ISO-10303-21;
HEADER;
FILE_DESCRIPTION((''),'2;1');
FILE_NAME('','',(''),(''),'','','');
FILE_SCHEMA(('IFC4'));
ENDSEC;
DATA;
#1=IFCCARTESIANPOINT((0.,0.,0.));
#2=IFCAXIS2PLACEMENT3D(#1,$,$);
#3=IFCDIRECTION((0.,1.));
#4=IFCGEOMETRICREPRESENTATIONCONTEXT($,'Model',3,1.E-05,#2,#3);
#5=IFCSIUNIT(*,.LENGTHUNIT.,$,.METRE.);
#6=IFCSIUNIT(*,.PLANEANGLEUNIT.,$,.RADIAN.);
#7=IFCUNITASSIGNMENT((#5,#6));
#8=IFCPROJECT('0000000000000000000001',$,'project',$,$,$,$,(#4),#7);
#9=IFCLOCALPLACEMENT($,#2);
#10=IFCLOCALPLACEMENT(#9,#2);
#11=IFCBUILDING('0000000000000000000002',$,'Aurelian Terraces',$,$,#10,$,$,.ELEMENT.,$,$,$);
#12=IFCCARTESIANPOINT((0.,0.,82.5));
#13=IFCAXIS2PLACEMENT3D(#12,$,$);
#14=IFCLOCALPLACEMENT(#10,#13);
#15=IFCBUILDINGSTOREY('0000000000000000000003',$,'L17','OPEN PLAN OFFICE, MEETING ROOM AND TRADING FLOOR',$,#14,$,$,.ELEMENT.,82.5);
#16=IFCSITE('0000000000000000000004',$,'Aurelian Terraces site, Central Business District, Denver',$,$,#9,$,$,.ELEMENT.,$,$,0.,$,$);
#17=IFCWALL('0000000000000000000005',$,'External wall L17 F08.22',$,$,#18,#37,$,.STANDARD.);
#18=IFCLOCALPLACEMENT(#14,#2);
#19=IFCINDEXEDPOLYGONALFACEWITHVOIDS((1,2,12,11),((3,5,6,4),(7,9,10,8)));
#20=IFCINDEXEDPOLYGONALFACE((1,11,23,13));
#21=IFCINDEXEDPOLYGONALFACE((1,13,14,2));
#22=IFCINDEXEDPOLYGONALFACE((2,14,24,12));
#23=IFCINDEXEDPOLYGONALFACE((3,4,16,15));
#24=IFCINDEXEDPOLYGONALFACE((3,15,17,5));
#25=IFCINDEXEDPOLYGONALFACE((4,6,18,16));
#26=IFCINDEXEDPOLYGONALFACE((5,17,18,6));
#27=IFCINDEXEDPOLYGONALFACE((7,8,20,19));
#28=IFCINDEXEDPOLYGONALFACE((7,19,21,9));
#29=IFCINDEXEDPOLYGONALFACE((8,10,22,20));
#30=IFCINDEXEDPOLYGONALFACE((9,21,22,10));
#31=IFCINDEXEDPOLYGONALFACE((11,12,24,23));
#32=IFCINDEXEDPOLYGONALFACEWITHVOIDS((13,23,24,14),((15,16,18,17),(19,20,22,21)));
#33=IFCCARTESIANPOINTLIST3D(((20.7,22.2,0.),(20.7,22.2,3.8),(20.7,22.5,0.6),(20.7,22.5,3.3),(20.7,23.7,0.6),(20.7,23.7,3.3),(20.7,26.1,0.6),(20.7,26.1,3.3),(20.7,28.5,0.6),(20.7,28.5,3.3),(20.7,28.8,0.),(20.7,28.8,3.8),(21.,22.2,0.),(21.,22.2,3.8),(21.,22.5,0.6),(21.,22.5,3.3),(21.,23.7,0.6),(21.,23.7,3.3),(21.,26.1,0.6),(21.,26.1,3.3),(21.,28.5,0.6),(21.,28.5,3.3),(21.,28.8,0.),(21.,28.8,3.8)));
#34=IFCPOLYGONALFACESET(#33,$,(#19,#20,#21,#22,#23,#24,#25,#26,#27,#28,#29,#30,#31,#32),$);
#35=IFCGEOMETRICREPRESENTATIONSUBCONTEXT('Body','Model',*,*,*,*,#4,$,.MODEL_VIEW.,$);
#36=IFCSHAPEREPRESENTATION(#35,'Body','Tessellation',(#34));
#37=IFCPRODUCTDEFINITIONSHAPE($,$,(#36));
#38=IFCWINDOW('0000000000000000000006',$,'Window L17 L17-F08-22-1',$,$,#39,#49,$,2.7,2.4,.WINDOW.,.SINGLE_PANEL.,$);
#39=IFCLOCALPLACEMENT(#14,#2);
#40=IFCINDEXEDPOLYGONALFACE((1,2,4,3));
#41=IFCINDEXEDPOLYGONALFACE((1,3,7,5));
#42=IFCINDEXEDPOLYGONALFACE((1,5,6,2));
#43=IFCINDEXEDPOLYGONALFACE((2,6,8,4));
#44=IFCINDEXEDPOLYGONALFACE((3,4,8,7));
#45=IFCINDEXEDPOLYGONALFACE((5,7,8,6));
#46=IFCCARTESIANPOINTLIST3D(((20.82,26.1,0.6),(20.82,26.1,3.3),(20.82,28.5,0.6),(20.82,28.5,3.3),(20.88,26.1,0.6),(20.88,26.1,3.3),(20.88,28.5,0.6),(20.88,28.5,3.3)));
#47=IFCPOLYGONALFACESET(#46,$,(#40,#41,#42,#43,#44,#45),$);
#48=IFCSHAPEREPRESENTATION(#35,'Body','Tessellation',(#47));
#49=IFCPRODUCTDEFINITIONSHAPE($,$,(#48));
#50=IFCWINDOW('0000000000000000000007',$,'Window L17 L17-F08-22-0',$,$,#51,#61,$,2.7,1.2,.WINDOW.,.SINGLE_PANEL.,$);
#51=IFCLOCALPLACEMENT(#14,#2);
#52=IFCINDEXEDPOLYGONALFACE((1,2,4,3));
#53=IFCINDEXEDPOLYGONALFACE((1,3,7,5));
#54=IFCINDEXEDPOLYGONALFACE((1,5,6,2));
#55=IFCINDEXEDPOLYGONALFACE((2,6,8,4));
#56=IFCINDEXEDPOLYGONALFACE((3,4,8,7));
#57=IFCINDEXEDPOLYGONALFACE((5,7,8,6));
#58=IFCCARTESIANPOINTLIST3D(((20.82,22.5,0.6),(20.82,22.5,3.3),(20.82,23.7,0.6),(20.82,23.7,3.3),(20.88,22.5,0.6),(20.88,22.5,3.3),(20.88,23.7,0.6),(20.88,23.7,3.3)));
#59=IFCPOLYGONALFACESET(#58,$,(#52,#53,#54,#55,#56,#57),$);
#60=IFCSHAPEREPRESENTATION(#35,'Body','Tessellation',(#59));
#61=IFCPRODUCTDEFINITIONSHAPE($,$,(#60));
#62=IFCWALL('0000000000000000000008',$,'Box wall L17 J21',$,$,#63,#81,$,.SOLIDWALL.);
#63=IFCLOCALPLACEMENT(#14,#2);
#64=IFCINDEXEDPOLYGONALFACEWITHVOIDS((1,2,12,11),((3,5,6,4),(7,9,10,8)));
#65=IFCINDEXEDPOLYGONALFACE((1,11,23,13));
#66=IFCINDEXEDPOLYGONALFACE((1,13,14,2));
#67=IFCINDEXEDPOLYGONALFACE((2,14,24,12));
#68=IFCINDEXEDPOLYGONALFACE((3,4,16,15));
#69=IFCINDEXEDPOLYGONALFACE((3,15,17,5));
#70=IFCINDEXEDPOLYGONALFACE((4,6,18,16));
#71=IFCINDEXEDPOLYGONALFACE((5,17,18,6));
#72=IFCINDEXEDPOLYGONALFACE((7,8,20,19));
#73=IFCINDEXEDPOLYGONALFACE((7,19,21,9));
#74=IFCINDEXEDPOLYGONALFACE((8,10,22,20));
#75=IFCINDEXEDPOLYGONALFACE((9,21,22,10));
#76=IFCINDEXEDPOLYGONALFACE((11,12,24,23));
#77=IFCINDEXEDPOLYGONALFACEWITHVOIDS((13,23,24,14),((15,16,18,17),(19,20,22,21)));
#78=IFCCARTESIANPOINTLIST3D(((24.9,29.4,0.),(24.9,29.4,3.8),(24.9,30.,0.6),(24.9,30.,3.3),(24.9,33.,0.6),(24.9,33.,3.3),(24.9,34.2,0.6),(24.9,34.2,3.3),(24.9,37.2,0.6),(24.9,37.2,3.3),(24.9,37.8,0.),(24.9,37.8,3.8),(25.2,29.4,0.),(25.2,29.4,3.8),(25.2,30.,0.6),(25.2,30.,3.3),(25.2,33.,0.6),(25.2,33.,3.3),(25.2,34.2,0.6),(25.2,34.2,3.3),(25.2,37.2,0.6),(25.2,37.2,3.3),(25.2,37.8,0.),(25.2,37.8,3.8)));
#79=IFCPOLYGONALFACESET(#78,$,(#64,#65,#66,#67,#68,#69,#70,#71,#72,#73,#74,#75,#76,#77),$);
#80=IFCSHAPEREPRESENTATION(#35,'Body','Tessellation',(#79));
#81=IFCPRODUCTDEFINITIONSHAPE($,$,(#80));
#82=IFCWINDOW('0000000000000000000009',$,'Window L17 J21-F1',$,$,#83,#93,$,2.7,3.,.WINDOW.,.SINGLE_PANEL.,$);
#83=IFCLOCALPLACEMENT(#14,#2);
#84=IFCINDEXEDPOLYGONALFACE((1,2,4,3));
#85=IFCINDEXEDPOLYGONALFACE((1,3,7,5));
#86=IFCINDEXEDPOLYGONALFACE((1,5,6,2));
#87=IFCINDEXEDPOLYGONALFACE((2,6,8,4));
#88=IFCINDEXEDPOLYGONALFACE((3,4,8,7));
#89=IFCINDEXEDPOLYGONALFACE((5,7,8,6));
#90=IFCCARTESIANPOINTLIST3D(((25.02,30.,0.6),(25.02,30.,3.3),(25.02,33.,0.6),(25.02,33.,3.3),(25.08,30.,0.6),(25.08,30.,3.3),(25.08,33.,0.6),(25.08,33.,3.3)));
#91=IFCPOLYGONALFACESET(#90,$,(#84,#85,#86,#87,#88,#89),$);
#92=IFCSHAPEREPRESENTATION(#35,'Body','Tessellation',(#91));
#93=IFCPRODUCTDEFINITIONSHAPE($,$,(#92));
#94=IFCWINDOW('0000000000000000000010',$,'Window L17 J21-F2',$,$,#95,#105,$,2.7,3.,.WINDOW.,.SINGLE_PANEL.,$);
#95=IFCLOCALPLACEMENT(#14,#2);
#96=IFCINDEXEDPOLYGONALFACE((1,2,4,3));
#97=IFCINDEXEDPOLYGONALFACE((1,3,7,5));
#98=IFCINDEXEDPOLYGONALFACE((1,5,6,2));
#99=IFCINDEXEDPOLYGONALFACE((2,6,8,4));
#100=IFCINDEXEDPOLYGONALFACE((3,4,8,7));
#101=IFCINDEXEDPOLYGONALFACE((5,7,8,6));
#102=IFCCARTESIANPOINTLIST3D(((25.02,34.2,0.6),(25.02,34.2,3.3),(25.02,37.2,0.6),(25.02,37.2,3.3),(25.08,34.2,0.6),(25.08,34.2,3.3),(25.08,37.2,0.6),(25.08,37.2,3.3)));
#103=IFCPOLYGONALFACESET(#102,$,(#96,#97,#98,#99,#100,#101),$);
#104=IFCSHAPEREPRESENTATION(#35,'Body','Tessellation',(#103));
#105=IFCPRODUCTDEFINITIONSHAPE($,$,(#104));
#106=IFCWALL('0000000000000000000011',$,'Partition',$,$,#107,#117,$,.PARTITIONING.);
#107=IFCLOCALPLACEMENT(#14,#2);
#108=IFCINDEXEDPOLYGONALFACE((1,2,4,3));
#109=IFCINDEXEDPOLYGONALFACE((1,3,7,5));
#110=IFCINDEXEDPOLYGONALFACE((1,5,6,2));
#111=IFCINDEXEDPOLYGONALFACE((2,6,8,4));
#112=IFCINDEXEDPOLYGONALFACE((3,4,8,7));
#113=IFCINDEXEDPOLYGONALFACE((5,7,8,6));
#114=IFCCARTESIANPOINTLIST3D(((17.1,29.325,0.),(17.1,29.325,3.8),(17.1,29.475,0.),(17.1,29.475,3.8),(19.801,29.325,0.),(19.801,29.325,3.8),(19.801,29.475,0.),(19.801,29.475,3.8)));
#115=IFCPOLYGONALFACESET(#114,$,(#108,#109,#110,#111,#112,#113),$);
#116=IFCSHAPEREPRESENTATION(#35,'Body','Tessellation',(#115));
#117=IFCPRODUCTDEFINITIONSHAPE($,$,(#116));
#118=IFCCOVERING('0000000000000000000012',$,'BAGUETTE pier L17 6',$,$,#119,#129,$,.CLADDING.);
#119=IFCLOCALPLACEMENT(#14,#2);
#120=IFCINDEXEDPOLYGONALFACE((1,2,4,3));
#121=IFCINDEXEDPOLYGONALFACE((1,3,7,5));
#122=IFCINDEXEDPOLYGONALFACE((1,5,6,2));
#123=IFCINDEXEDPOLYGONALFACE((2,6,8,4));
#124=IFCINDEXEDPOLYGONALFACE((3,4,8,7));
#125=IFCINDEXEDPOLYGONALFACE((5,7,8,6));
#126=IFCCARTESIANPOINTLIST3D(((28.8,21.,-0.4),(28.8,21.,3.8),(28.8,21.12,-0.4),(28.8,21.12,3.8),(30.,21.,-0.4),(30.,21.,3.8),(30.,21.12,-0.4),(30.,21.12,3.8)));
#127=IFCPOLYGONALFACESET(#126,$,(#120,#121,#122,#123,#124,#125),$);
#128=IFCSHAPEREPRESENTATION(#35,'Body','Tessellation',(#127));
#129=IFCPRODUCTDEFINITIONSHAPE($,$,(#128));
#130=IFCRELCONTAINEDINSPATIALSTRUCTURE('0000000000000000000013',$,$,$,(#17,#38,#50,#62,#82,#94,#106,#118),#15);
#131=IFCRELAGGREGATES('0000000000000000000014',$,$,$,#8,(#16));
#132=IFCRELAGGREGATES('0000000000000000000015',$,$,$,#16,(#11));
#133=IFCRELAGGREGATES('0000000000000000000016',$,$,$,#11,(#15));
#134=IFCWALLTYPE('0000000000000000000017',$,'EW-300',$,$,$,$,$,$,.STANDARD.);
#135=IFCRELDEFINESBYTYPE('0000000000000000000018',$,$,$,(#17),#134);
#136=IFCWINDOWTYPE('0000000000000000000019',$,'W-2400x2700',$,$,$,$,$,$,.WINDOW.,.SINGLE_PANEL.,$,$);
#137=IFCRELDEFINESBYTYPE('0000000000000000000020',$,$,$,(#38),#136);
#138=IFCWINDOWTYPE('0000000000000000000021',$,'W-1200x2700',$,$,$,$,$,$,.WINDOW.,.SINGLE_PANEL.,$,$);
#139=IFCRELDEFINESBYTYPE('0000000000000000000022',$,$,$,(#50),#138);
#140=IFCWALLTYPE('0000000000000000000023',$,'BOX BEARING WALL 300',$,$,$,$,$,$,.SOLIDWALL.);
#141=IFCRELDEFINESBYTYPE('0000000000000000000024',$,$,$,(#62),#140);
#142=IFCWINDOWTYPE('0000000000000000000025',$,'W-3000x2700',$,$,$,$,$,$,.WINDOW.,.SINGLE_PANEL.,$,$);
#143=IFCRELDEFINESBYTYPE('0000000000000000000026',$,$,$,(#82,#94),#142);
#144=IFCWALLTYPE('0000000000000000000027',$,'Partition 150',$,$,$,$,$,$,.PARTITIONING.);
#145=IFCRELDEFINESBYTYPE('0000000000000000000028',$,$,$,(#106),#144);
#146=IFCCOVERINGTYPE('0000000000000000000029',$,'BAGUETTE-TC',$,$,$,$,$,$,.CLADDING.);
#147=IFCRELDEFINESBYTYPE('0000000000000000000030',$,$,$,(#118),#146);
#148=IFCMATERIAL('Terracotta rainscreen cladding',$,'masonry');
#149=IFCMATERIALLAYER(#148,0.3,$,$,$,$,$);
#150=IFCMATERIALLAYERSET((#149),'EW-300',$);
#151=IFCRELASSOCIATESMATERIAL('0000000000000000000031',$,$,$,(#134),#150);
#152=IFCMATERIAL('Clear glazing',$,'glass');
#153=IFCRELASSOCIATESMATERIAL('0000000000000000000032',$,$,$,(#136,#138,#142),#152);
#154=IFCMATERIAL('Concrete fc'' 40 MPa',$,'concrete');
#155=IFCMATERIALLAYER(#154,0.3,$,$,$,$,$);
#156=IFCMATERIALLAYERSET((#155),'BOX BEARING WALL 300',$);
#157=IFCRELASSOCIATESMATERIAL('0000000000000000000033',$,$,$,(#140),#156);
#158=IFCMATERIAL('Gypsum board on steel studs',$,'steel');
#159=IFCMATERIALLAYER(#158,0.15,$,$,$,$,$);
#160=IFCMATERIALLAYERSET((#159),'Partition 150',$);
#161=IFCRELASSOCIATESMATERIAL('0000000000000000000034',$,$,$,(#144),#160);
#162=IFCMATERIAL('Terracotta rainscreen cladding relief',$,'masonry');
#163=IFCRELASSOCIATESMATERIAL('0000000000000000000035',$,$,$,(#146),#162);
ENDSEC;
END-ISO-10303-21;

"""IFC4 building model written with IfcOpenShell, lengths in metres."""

from ifc_helpers import new_model, si_unit, direction, frame, frame_2d, origin, origin_2d, place, context, subcontext, project, spatial, rectangle, extrude, source, transform, mapped, material, layer, layer_set, type_object, element, fill, save


model = new_model("IFC4")

# Units and contexts
model_context = context("Model", 3, precision=1e-05, world=origin(), true_north=direction((0.0, 1.0)))
body_context = subcontext(model_context, "Body", "Model", "MODEL_VIEW")
ifc_project = project(units=[si_unit("LENGTHUNIT", "METRE"), si_unit("PLANEANGLEUNIT", "RADIAN")], contexts=[model_context])

# Site, building, storey
site_placement = place(None, origin())
site = spatial("IfcSite", under=ifc_project, at=site_placement, Name="Aurelian Terraces site, Central Business District, Denver", CompositionType="ELEMENT", RefElevation=0.0)
building_placement = place(site_placement, origin())
building = spatial("IfcBuilding", under=site, at=building_placement, Name="Aurelian Terraces", CompositionType="ELEMENT")
storey_placement = place(building_placement, frame((0.0, 0.0, 82.5)))
storey = spatial("IfcBuildingStorey", under=building, at=storey_placement, Name="L17", Description="OPEN PLAN OFFICE, MEETING ROOM AND TRADING FLOOR", CompositionType="ELEMENT", Elevation=82.5)

# Shared definitions
ifc_material_1 = material(Name="Terracotta rainscreen cladding", Category="masonry")
ifc_layer_1 = layer(ifc_material_1, 0.3)
ifc_layer_set_1 = layer_set([ifc_layer_1], Name="EW-300")
wall_type_1 = type_object("IfcWallType", Name="EW-300", PredefinedType="STANDARD", material=ifc_layer_set_1)

# Shared definitions
ifc_material_2 = material(Name="Concrete fc' 40 MPa", Category="concrete")
ifc_material_3 = material(Name="Clear glazing", Category="glass")
window_type_1 = type_object("IfcWindowType", Name="W-2400x2700", PartitioningType="SINGLE_PANEL", PredefinedType="WINDOW", material=ifc_material_3)
shared_shape_1 = source(origin(), body_context, "Body", "SweptSolid", [
    extrude(rectangle(XDim=2.4, YDim=2.7, at=frame_2d((1.2, 1.35))), frame((0.0, 0.03, 0.0), z_axis=(0.0, -1.0, 0.0), x_axis=(1.0, 0.0, 0.0)), (0.0, 0.0, 1.0), 0.06),
])

# Walls, openings, windows
shared_shape_2 = source(origin(), body_context, "Body", "SweptSolid", [
    extrude(rectangle(XDim=6.6, YDim=0.3, at=frame_2d((3.3, 0.0))), origin(), (0.0, 0.0, 1.0), 3.8),
])
wall_1_placement = place(storey_placement, frame((20.85, 22.2, 0.0), z_axis=(0.0, 0.0, 1.0), x_axis=(0.0, 1.0, 0.0)))
wall_1 = element("IfcWall", 1, at=wall_1_placement, inside=storey, type_object=wall_type_1, Name="External wall L17 F08.22", PredefinedType="STANDARD", context=body_context, shape_type="MappedRepresentation", body=[
    mapped(shared_shape_2, transform((0.0, 0.0, 0.0), scale=1.0)),
])
shared_shape_3 = source(origin(), body_context, "Body", "SweptSolid", [
    extrude(rectangle(XDim=1.2, YDim=2.7, at=frame_2d((0.6, 1.35))), frame((0.0, 0.16, 0.0), z_axis=(0.0, -1.0, 0.0), x_axis=(1.0, 0.0, 0.0)), (0.0, 0.0, 1.0), 0.32),
])
opening_1_placement = place(wall_1_placement, frame((0.3, 0.0, 0.6)))
opening_1 = element("IfcOpeningElement", 2, at=opening_1_placement, cuts=wall_1, PredefinedType="OPENING", context=body_context, shape_type="MappedRepresentation", body=[
    mapped(shared_shape_3, transform((0.0, 0.0, 0.0), scale=1.0)),
])
shared_shape_4 = source(origin(), body_context, "Body", "SweptSolid", [
    extrude(rectangle(XDim=2.4, YDim=2.7, at=frame_2d((1.2, 1.35))), frame((0.0, 0.16, 0.0), z_axis=(0.0, -1.0, 0.0), x_axis=(1.0, 0.0, 0.0)), (0.0, 0.0, 1.0), 0.32),
])
opening_2_placement = place(wall_1_placement, frame((3.9, 0.0, 0.6)))
opening_2 = element("IfcOpeningElement", 3, at=opening_2_placement, cuts=wall_1, PredefinedType="OPENING", context=body_context, shape_type="MappedRepresentation", body=[
    mapped(shared_shape_4, transform((0.0, 0.0, 0.0), scale=1.0)),
])
window_1_placement = place(opening_2_placement, origin())
window_1 = element("IfcWindow", 4, at=window_1_placement, inside=storey, type_object=window_type_1, Name="Window L17 L17-F08-22-1", OverallHeight=2.7, OverallWidth=2.4, PartitioningType="SINGLE_PANEL", PredefinedType="WINDOW", context=body_context, shape_type="MappedRepresentation", body=[
    mapped(shared_shape_1, transform((0.0, 0.0, 0.0), scale=1.0)),
])
fill(opening_2, window_1)
window_type_2 = type_object("IfcWindowType", Name="W-1200x2700", PartitioningType="SINGLE_PANEL", PredefinedType="WINDOW", material=ifc_material_3)
shared_shape_5 = source(origin(), body_context, "Body", "SweptSolid", [
    extrude(rectangle(XDim=1.2, YDim=2.7, at=frame_2d((0.6, 1.35))), frame((0.0, 0.03, 0.0), z_axis=(0.0, -1.0, 0.0), x_axis=(1.0, 0.0, 0.0)), (0.0, 0.0, 1.0), 0.06),
])
window_2_placement = place(opening_1_placement, origin())
window_2 = element("IfcWindow", 5, at=window_2_placement, inside=storey, type_object=window_type_2, Name="Window L17 L17-F08-22-0", OverallHeight=2.7, OverallWidth=1.2, PartitioningType="SINGLE_PANEL", PredefinedType="WINDOW", context=body_context, shape_type="MappedRepresentation", body=[
    mapped(shared_shape_5, transform((0.0, 0.0, 0.0), scale=1.0)),
])
fill(opening_1, window_2)
ifc_layer_2 = layer(ifc_material_2, 0.3)
ifc_layer_set_2 = layer_set([ifc_layer_2], Name="BOX BEARING WALL 300")
wall_type_2 = type_object("IfcWallType", Name="BOX BEARING WALL 300", PredefinedType="SOLIDWALL", material=ifc_layer_set_2)
shared_shape_6 = source(origin(), body_context, "Body", "SweptSolid", [
    extrude(rectangle(XDim=8.4, YDim=0.3, at=frame_2d((4.2, 0.0))), origin(), (0.0, 0.0, 1.0), 3.8),
])
wall_2_placement = place(storey_placement, frame((25.05, 29.4, 0.0), z_axis=(0.0, 0.0, 1.0), x_axis=(0.0, 1.0, 0.0)))
wall_2 = element("IfcWall", 6, at=wall_2_placement, inside=storey, type_object=wall_type_2, Name="Box wall L17 J21", PredefinedType="SOLIDWALL", context=body_context, shape_type="MappedRepresentation", body=[
    mapped(shared_shape_6, transform((0.0, 0.0, 0.0), scale=1.0)),
])
shared_shape_7 = source(origin(), body_context, "Body", "SweptSolid", [
    extrude(rectangle(XDim=3.0, YDim=2.7, at=frame_2d((1.5, 1.35))), frame((0.0, 0.16, 0.0), z_axis=(0.0, -1.0, 0.0), x_axis=(1.0, 0.0, 0.0)), (0.0, 0.0, 1.0), 0.32),
])
opening_3_placement = place(wall_2_placement, frame((0.6, 0.0, 0.6)))
opening_3 = element("IfcOpeningElement", 7, at=opening_3_placement, cuts=wall_2, PredefinedType="OPENING", context=body_context, shape_type="MappedRepresentation", body=[
    mapped(shared_shape_7, transform((0.0, 0.0, 0.0), scale=1.0)),
])
opening_4_placement = place(wall_2_placement, frame((4.8, 0.0, 0.6)))
opening_4 = element("IfcOpeningElement", 8, at=opening_4_placement, cuts=wall_2, PredefinedType="OPENING", context=body_context, shape_type="MappedRepresentation", body=[
    mapped(shared_shape_7, transform((0.0, 0.0, 0.0), scale=1.0)),
])
window_type_3 = type_object("IfcWindowType", Name="W-3000x2700", PartitioningType="SINGLE_PANEL", PredefinedType="WINDOW", material=ifc_material_3)
shared_shape_8 = source(origin(), body_context, "Body", "SweptSolid", [
    extrude(rectangle(XDim=3.0, YDim=2.7, at=frame_2d((1.5, 1.35))), frame((0.0, 0.03, 0.0), z_axis=(0.0, -1.0, 0.0), x_axis=(1.0, 0.0, 0.0)), (0.0, 0.0, 1.0), 0.06),
])
window_3_placement = place(opening_3_placement, origin())
window_3 = element("IfcWindow", 9, at=window_3_placement, inside=storey, type_object=window_type_3, Name="Window L17 J21-F1", OverallHeight=2.7, OverallWidth=3.0, PartitioningType="SINGLE_PANEL", PredefinedType="WINDOW", context=body_context, shape_type="MappedRepresentation", body=[
    mapped(shared_shape_8, transform((0.0, 0.0, 0.0), scale=1.0)),
])
fill(opening_3, window_3)
window_4_placement = place(opening_4_placement, origin())
window_4 = element("IfcWindow", 10, at=window_4_placement, inside=storey, type_object=window_type_3, Name="Window L17 J21-F2", OverallHeight=2.7, OverallWidth=3.0, PartitioningType="SINGLE_PANEL", PredefinedType="WINDOW", context=body_context, shape_type="MappedRepresentation", body=[
    mapped(shared_shape_8, transform((0.0, 0.0, 0.0), scale=1.0)),
])
fill(opening_4, window_4)

# Wall
ifc_material_4 = material(Name="Gypsum board on steel studs", Category="steel")
ifc_layer_3 = layer(ifc_material_4, 0.15)
ifc_layer_set_3 = layer_set([ifc_layer_3], Name="Partition 150")
wall_type_3 = type_object("IfcWallType", Name="Partition 150", PredefinedType="PARTITIONING", material=ifc_layer_set_3)
shared_shape_9 = source(origin(), body_context, "Body", "SweptSolid", [
    extrude(rectangle(XDim=2.701, YDim=0.15, at=frame_2d((1.3505, 0.0))), origin(), (0.0, 0.0, 1.0), 3.8),
])
wall_3_placement = place(storey_placement, frame((19.801, 29.4, 0.0), z_axis=(0.0, 0.0, 1.0), x_axis=(-1.0, 0.0, 0.0)))
element("IfcWall", 11, at=wall_3_placement, inside=storey, type_object=wall_type_3, Name="Partition", PredefinedType="PARTITIONING", context=body_context, shape_type="MappedRepresentation", body=[
    mapped(shared_shape_9, transform((0.0, 0.0, 0.0), scale=1.0)),
])

# Covering
ifc_material_5 = material(Name="Terracotta rainscreen cladding relief", Category="masonry")
covering_type = type_object("IfcCoveringType", Name="BAGUETTE-TC", PredefinedType="CLADDING", material=ifc_material_5)
shared_shape_10 = source(origin(), body_context, "Body", "SweptSolid", [
    extrude(rectangle(XDim=1.2, YDim=0.12, at=origin_2d()), origin(), (0.0, 0.0, 1.0), 4.2),
])
covering_placement = place(storey_placement, frame((29.4, 21.06, -0.4), z_axis=(0.0, 0.0, 1.0), x_axis=(1.0, 0.0, 0.0)))
element("IfcCovering", 12, at=covering_placement, inside=storey, type_object=covering_type, Name="BAGUETTE pier L17 6", PredefinedType="CLADDING", context=body_context, shape_type="MappedRepresentation", body=[
    mapped(shared_shape_10, transform((0.0, 0.0, 0.0), scale=1.0)),
])

save(model, "model.ifc")
